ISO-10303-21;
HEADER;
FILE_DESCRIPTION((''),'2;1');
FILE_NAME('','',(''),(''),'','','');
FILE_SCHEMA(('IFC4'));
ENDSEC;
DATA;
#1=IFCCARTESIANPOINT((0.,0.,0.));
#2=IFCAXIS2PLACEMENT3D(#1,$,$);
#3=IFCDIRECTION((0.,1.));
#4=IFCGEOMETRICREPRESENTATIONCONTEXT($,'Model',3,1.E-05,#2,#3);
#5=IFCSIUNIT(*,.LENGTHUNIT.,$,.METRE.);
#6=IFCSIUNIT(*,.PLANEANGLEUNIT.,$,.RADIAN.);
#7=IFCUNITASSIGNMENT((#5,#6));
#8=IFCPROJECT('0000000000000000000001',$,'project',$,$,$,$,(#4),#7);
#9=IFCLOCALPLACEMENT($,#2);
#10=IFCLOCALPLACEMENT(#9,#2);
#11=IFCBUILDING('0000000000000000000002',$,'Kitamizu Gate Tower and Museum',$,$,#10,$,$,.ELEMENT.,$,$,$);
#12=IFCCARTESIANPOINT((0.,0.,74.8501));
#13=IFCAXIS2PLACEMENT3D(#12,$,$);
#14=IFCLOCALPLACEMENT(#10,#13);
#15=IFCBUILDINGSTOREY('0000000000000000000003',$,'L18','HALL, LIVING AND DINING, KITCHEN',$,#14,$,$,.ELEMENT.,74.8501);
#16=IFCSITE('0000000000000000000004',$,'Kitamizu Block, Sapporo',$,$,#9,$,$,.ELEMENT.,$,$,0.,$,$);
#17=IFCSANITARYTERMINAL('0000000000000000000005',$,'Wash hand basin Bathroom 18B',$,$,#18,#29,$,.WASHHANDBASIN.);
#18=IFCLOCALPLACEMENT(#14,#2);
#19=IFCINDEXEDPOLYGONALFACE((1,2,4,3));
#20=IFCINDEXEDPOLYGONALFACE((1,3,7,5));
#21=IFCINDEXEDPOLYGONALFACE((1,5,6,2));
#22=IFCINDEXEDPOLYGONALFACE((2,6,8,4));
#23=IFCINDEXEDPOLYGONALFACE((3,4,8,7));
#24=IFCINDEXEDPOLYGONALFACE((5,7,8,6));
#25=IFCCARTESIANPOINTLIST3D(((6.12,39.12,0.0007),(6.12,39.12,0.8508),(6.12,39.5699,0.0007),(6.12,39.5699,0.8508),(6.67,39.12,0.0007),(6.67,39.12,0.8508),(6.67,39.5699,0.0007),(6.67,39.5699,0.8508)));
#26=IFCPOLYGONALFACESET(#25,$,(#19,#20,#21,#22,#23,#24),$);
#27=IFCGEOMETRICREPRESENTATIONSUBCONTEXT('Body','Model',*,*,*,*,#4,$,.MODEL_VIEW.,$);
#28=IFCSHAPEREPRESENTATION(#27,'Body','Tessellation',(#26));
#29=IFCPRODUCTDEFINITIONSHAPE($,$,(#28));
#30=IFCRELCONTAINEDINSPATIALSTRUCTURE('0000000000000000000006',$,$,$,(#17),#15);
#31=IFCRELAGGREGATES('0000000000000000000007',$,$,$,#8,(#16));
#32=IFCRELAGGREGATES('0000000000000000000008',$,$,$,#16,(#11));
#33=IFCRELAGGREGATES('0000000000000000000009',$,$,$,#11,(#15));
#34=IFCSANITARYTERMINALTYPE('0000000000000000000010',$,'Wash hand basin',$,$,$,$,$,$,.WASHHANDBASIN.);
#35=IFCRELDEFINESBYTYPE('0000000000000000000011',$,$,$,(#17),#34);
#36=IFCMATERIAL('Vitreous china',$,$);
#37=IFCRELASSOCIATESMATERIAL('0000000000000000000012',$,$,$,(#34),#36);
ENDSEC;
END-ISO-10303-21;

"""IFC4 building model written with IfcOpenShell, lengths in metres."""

from ifc_helpers import new_model, si_unit, direction, frame, origin, origin_2d, place, context, subcontext, project, spatial, rectangle, extrude, material, type_object, element, save


model = new_model("IFC4")

# Units and contexts
model_context = context("Model", 3, precision=1e-05, world=origin(), true_north=direction((0.0, 1.0)))
body_context = subcontext(model_context, "Body", "Model", "MODEL_VIEW")
ifc_project = project(units=[si_unit("LENGTHUNIT", "METRE"), si_unit("PLANEANGLEUNIT", "RADIAN")], contexts=[model_context])

# Site, building, storey
site_placement = place(None, origin())
site = spatial("IfcSite", under=ifc_project, at=site_placement, Name="Kitamizu Block, Sapporo", CompositionType="ELEMENT", RefElevation=0.0)
building_placement = place(site_placement, origin())
building = spatial("IfcBuilding", under=site, at=building_placement, Name="Kitamizu Gate Tower and Museum", CompositionType="ELEMENT")
storey_placement = place(building_placement, frame((0.0, 0.0, 74.8501)))
storey = spatial("IfcBuildingStorey", under=building, at=storey_placement, Name="L18", Description="HALL, LIVING AND DINING, KITCHEN", CompositionType="ELEMENT", Elevation=74.8501)

# Sanitary terminal
ifc_material = material(Name="Vitreous china")
sanitary_terminal_type = type_object("IfcSanitaryTerminalType", Name="Wash hand basin", PredefinedType="WASHHANDBASIN", material=ifc_material)
sanitary_terminal_placement = place(storey_placement, frame((6.395, 39.345, 0.0007), z_axis=(0.0, 0.0, 1.0), x_axis=(1.0, 0.0, 0.0)))
element("IfcSanitaryTerminal", 1, at=sanitary_terminal_placement, inside=storey, type_object=sanitary_terminal_type, Name="Wash hand basin Bathroom 18B", PredefinedType="WASHHANDBASIN", context=body_context, shape_type="SweptSolid", body=[
    extrude(rectangle(XDim=0.55, YDim=0.45, at=origin_2d()), origin(), (0.0, 0.0, 1.0), 0.8501),
])

save(model, "model.ifc")
